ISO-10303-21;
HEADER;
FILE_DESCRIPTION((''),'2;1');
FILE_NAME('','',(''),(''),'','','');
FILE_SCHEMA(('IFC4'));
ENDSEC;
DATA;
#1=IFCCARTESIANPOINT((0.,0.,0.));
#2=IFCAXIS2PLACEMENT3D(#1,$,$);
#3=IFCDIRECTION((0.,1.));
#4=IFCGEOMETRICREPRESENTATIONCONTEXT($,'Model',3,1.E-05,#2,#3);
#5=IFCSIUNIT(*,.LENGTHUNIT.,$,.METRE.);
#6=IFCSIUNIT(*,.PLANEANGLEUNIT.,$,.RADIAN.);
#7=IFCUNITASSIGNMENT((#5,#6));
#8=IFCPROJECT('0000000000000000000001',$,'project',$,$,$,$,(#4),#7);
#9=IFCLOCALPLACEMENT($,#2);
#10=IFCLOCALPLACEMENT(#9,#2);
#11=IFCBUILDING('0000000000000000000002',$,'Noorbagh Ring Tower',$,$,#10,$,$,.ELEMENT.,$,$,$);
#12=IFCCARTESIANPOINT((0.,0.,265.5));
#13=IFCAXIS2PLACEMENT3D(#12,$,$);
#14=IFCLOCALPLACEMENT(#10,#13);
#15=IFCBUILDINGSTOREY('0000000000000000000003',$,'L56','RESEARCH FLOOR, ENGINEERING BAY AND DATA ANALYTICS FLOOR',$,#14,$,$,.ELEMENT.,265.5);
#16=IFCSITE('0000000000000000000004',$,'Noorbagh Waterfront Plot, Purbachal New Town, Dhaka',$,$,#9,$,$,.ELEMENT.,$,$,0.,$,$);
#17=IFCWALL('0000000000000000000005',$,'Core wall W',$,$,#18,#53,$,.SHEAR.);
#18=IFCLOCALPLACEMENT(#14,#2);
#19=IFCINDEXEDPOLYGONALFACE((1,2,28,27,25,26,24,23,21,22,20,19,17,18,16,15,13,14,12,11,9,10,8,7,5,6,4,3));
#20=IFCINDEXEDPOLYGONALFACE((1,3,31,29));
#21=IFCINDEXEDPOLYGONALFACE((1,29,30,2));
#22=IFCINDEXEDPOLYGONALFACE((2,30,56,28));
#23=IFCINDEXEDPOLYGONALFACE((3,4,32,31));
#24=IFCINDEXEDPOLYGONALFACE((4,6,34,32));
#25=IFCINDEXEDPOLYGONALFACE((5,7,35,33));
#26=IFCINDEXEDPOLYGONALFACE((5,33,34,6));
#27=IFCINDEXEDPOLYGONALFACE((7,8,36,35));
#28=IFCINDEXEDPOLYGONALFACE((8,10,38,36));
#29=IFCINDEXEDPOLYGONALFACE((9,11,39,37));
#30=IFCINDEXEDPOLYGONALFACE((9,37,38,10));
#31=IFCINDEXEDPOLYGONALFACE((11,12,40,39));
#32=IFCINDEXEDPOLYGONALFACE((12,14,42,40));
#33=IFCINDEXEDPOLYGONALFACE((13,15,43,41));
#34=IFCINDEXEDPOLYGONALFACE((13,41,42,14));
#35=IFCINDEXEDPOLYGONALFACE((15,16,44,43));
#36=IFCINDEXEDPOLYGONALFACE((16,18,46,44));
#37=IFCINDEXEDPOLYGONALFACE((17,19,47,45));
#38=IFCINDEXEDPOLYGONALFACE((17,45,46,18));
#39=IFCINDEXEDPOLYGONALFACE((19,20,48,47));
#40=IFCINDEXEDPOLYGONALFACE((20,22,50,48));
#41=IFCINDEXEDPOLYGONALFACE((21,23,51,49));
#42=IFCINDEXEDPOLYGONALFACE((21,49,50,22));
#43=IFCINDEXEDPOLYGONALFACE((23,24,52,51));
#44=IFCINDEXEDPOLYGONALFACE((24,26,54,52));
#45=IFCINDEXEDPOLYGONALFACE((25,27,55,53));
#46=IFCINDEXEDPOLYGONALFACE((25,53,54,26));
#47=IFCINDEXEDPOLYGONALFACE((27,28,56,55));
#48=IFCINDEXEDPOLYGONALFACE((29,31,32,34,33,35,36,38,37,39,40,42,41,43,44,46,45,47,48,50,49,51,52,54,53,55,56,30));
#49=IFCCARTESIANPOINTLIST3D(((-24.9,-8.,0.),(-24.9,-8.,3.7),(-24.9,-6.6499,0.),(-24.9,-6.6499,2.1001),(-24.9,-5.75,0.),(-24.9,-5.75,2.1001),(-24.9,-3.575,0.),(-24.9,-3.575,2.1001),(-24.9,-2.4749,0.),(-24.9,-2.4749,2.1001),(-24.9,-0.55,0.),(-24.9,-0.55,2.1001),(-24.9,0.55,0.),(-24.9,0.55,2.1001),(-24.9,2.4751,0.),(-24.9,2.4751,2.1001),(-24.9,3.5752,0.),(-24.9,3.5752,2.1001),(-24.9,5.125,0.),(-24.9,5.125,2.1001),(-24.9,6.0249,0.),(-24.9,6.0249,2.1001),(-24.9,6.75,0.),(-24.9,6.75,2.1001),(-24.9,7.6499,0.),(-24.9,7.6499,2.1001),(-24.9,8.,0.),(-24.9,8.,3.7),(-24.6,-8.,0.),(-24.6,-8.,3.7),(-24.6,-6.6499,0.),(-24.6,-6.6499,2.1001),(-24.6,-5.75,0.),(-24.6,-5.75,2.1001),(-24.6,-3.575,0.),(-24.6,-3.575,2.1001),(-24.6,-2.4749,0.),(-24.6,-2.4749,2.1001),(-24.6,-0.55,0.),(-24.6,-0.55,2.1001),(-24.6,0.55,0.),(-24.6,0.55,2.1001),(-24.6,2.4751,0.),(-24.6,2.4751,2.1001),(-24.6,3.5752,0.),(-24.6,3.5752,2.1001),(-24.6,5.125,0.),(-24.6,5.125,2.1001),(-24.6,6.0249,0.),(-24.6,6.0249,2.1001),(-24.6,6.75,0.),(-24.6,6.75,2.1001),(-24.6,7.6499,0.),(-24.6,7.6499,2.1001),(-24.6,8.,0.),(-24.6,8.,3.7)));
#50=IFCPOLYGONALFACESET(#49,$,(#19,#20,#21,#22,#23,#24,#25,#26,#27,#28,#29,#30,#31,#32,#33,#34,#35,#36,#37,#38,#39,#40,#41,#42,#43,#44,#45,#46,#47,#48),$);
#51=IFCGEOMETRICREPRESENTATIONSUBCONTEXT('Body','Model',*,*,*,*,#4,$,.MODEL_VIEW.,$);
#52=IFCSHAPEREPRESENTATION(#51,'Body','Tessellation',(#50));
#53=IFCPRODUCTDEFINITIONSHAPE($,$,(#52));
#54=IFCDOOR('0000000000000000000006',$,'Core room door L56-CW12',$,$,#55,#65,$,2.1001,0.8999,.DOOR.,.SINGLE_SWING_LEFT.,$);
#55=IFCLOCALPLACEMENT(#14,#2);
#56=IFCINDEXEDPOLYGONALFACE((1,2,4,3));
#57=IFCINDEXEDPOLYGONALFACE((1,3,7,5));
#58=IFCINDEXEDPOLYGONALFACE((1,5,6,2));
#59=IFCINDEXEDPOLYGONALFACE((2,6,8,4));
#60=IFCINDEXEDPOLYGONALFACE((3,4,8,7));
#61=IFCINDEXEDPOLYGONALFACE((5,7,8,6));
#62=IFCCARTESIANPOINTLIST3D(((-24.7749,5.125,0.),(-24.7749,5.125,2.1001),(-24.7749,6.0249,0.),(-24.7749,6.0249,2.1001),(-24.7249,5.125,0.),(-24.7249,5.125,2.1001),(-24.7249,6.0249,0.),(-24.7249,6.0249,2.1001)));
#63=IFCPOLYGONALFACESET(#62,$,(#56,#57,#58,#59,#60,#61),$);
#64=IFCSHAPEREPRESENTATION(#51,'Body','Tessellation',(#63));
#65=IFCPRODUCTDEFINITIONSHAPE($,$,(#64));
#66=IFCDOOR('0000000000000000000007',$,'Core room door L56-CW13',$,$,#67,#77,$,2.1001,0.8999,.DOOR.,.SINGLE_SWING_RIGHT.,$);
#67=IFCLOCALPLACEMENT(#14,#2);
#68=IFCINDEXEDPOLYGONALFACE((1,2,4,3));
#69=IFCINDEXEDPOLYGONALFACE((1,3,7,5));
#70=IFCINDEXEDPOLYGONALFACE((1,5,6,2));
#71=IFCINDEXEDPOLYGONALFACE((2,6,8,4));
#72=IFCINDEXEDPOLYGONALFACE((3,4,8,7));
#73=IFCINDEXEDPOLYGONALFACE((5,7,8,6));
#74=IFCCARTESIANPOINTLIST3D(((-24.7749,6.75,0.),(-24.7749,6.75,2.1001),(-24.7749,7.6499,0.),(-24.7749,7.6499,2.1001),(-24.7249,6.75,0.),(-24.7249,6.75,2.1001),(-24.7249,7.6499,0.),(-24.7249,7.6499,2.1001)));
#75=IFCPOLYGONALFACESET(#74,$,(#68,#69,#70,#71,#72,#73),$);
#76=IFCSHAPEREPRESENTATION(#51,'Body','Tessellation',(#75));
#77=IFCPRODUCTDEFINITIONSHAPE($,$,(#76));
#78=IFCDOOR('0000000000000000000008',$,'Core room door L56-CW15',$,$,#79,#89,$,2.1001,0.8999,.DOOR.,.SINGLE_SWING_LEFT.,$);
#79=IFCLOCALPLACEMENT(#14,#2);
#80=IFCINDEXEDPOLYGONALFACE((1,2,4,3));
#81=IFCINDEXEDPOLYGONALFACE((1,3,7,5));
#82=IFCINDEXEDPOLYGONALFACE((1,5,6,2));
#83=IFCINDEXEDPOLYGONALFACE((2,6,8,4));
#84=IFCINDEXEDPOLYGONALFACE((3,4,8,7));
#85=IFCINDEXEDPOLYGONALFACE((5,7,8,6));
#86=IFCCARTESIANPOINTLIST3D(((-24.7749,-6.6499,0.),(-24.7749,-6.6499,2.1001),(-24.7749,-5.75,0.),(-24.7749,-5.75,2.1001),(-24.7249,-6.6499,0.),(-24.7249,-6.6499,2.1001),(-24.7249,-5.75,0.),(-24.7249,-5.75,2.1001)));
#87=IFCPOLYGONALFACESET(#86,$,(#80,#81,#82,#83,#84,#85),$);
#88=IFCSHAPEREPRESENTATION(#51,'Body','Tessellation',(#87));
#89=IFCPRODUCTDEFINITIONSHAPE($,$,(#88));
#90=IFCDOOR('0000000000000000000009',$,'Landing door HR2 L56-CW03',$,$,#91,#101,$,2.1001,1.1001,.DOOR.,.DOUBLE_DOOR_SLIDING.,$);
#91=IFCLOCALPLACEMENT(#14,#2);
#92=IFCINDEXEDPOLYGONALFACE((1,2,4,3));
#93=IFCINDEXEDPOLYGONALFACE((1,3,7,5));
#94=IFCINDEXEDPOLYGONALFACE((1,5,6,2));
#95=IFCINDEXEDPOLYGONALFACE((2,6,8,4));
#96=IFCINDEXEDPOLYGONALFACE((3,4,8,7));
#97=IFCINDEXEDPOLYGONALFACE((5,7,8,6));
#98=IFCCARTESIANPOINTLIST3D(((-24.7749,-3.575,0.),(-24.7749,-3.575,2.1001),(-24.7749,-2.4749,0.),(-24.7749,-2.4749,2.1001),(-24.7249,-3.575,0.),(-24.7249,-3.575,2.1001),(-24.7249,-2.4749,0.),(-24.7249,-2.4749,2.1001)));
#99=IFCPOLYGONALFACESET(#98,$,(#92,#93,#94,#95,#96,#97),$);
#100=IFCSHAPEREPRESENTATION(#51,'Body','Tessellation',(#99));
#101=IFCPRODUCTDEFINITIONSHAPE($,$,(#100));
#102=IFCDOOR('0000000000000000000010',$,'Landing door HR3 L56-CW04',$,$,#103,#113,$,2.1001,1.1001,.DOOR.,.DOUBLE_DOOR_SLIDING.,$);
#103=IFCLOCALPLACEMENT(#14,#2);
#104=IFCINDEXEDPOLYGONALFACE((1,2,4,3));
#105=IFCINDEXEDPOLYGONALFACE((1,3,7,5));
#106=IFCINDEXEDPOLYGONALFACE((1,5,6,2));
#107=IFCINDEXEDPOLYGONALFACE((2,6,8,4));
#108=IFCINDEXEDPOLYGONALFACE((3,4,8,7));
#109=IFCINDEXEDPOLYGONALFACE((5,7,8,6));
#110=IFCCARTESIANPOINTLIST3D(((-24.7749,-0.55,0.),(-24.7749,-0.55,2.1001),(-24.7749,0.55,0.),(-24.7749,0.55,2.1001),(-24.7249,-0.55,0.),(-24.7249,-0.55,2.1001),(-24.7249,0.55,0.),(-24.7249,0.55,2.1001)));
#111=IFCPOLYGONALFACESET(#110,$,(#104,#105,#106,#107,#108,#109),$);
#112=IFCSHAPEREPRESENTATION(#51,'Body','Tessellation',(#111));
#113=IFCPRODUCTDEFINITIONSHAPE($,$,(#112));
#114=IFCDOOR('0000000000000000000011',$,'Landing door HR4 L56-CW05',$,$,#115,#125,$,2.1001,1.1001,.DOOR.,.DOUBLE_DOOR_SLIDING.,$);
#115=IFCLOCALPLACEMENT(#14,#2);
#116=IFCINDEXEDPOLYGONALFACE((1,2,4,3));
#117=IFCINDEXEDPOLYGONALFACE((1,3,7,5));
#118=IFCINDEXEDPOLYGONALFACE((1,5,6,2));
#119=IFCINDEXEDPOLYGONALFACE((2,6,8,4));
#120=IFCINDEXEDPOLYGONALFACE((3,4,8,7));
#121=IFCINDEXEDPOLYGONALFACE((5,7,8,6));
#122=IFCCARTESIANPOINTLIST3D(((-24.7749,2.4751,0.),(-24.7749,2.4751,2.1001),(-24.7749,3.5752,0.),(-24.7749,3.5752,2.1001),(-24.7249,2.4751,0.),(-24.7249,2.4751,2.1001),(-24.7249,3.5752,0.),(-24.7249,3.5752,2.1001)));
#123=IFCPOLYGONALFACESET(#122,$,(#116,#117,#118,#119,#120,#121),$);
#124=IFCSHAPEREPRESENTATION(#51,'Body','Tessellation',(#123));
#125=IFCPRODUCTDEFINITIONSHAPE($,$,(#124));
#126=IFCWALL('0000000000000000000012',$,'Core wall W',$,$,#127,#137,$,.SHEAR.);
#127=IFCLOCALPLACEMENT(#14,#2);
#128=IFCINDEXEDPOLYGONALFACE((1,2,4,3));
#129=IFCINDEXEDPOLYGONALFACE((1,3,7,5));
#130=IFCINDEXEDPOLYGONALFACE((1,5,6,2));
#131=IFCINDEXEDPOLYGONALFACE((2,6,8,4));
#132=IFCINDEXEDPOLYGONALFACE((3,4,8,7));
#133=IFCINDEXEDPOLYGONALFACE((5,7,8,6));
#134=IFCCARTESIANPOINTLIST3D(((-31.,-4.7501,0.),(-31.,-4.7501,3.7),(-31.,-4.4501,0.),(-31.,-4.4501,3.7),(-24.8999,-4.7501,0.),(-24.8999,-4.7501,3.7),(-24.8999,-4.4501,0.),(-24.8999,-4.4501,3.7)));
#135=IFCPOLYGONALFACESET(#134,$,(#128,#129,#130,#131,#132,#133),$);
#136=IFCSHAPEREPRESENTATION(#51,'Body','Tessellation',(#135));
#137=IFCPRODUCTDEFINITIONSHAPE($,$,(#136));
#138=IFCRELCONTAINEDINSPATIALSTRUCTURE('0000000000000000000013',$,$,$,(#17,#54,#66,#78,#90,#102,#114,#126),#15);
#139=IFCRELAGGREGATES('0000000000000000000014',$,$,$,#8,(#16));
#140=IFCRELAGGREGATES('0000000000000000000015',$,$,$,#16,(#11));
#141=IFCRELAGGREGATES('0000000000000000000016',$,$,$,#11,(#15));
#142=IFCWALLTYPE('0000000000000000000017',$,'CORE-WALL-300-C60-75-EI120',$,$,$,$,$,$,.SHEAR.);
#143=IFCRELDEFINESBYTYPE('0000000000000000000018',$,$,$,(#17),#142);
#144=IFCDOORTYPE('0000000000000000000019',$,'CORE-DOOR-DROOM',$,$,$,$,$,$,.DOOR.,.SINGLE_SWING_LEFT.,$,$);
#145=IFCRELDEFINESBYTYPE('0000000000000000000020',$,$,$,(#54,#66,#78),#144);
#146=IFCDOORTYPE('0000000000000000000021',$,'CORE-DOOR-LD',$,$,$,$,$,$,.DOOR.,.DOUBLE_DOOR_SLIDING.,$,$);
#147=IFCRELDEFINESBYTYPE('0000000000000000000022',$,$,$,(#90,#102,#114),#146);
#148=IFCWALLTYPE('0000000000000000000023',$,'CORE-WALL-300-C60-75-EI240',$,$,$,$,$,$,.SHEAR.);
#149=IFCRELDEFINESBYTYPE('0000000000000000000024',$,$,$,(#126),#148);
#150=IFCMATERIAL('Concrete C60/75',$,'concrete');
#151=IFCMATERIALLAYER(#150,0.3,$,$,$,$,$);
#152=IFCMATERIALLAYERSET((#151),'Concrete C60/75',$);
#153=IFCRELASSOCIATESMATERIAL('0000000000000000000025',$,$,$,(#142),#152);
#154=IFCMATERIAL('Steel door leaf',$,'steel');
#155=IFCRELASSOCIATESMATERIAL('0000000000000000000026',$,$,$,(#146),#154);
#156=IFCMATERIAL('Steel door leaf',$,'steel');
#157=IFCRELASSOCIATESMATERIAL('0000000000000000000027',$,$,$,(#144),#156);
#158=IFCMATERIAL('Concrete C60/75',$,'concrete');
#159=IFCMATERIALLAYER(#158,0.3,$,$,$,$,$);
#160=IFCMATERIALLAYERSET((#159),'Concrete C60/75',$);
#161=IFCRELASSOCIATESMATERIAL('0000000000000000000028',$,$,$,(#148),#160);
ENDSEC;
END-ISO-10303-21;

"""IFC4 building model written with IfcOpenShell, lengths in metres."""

from ifc_helpers import new_model, si_unit, direction, frame, frame_2d, origin, place, context, subcontext, project, spatial, rectangle, extrude, material, layer, layer_set, type_object, element, fill, save


model = new_model("IFC4")

# Units and contexts
model_context = context("Model", 3, precision=1e-05, world=origin(), true_north=direction((0.0, 1.0)))
body_context = subcontext(model_context, "Body", "Model", "MODEL_VIEW")
ifc_project = project(units=[si_unit("LENGTHUNIT", "METRE"), si_unit("PLANEANGLEUNIT", "RADIAN")], contexts=[model_context])

# Site, building, storey
site_placement = place(None, origin())
site = spatial("IfcSite", under=ifc_project, at=site_placement, Name="Noorbagh Waterfront Plot, Purbachal New Town, Dhaka", CompositionType="ELEMENT", RefElevation=0.0)
building_placement = place(site_placement, origin())
building = spatial("IfcBuilding", under=site, at=building_placement, Name="Noorbagh Ring Tower", CompositionType="ELEMENT")
storey_placement = place(building_placement, frame((0.0, 0.0, 265.5)))
storey = spatial("IfcBuildingStorey", under=building, at=storey_placement, Name="L56", Description="RESEARCH FLOOR, ENGINEERING BAY AND DATA ANALYTICS FLOOR", CompositionType="ELEMENT", Elevation=265.5)

# Shared definitions
ifc_material_1 = material(Name="Concrete C60/75", Category="concrete")
ifc_layer_1 = layer(ifc_material_1, 0.3)
ifc_layer_set_1 = layer_set([ifc_layer_1], Name="Concrete C60/75")
wall_type_1 = type_object("IfcWallType", Name="CORE-WALL-300-C60-75-EI120", PredefinedType="SHEAR", material=ifc_layer_set_1)

# Wall, openings, doors
ifc_material_2 = material(Name="Steel door leaf", Category="steel")
door_type_1 = type_object("IfcDoorType", Name="CORE-DOOR-LD", OperationType="DOUBLE_DOOR_SLIDING", PredefinedType="DOOR", material=ifc_material_2)
wall_1_placement = place(storey_placement, frame((-24.75, -8.0, 0.0), z_axis=(0.0, 0.0, 1.0), x_axis=(0.0, 1.0, 0.0)))
wall_1 = element("IfcWall", 1, at=wall_1_placement, inside=storey, type_object=wall_type_1, Name="Core wall W", PredefinedType="SHEAR", context=body_context, shape_type="SweptSolid", body=[
    extrude(rectangle(XDim=16.0, YDim=0.3, at=frame_2d((8.0, 0.0))), origin(), (0.0, 0.0, 1.0), 3.7),
])
opening_1_placement = place(wall_1_placement, frame((4.425, 0.0, 0.0)))
opening_1 = element("IfcOpeningElement", 2, at=opening_1_placement, cuts=wall_1, PredefinedType="OPENING", context=body_context, shape_type="SweptSolid", body=[
    extrude(rectangle(XDim=1.1001, YDim=2.1001, at=frame_2d((0.55, 1.05))), frame((0.0, 0.1602, 0.0), z_axis=(0.0, -1.0, 0.0), x_axis=(1.0, 0.0, 0.0)), (0.0, 0.0, 1.0), 0.3201),
])
opening_2_placement = place(wall_1_placement, frame((7.45, 0.0, 0.0)))
opening_2 = element("IfcOpeningElement", 3, at=opening_2_placement, cuts=wall_1, PredefinedType="OPENING", context=body_context, shape_type="SweptSolid", body=[
    extrude(rectangle(XDim=1.1001, YDim=2.1001, at=frame_2d((0.55, 1.05))), frame((0.0, 0.1602, 0.0), z_axis=(0.0, -1.0, 0.0), x_axis=(1.0, 0.0, 0.0)), (0.0, 0.0, 1.0), 0.3201),
])
opening_3_placement = place(wall_1_placement, frame((10.4751, 0.0, 0.0)))
opening_3 = element("IfcOpeningElement", 4, at=opening_3_placement, cuts=wall_1, PredefinedType="OPENING", context=body_context, shape_type="SweptSolid", body=[
    extrude(rectangle(XDim=1.1001, YDim=2.1001, at=frame_2d((0.55, 1.05))), frame((0.0, 0.1602, 0.0), z_axis=(0.0, -1.0, 0.0), x_axis=(1.0, 0.0, 0.0)), (0.0, 0.0, 1.0), 0.3201),
])
opening_4_placement = place(wall_1_placement, frame((13.125, 0.0, 0.0)))
opening_4 = element("IfcOpeningElement", 5, at=opening_4_placement, cuts=wall_1, PredefinedType="OPENING", context=body_context, shape_type="SweptSolid", body=[
    extrude(rectangle(XDim=0.8999, YDim=2.1001, at=frame_2d((0.45, 1.05))), frame((0.0, 0.1602, 0.0), z_axis=(0.0, -1.0, 0.0), x_axis=(1.0, 0.0, 0.0)), (0.0, 0.0, 1.0), 0.3201),
])
opening_5_placement = place(wall_1_placement, frame((14.75, 0.0, 0.0)))
opening_5 = element("IfcOpeningElement", 6, at=opening_5_placement, cuts=wall_1, PredefinedType="OPENING", context=body_context, shape_type="SweptSolid", body=[
    extrude(rectangle(XDim=0.8999, YDim=2.1001, at=frame_2d((0.45, 1.05))), frame((0.0, 0.1602, 0.0), z_axis=(0.0, -1.0, 0.0), x_axis=(1.0, 0.0, 0.0)), (0.0, 0.0, 1.0), 0.3201),
])
opening_6_placement = place(wall_1_placement, frame((1.3501, 0.0, 0.0)))
opening_6 = element("IfcOpeningElement", 7, at=opening_6_placement, cuts=wall_1, PredefinedType="OPENING", context=body_context, shape_type="SweptSolid", body=[
    extrude(rectangle(XDim=0.8999, YDim=2.1001, at=frame_2d((0.45, 1.05))), frame((0.0, 0.1602, 0.0), z_axis=(0.0, -1.0, 0.0), x_axis=(1.0, 0.0, 0.0)), (0.0, 0.0, 1.0), 0.3201),
])
ifc_material_3 = material(Name="Steel door leaf", Category="steel")
door_type_2 = type_object("IfcDoorType", Name="CORE-DOOR-DROOM", OperationType="SINGLE_SWING_LEFT", PredefinedType="DOOR", material=ifc_material_3)
door_1_placement = place(opening_4_placement, origin())
door_1 = element("IfcDoor", 8, at=door_1_placement, inside=storey, type_object=door_type_2, Name="Core room door L56-CW12", OperationType="SINGLE_SWING_LEFT", OverallHeight=2.1001, OverallWidth=0.8999, PredefinedType="DOOR", context=body_context, shape_type="SweptSolid", body=[
    extrude(rectangle(XDim=0.8999, YDim=2.1001, at=frame_2d((0.45, 1.05))), frame((0.0, 0.0249, 0.0), z_axis=(0.0, -1.0, 0.0), x_axis=(1.0, 0.0, 0.0)), (0.0, 0.0, 1.0), 0.05),
])
fill(opening_4, door_1)
door_2_placement = place(opening_5_placement, origin())
door_2 = element("IfcDoor", 9, at=door_2_placement, inside=storey, type_object=door_type_2, Name="Core room door L56-CW13", OperationType="SINGLE_SWING_RIGHT", OverallHeight=2.1001, OverallWidth=0.8999, PredefinedType="DOOR", context=body_context, shape_type="SweptSolid", body=[
    extrude(rectangle(XDim=0.8999, YDim=2.1001, at=frame_2d((0.45, 1.05))), frame((0.0, 0.0249, 0.0), z_axis=(0.0, -1.0, 0.0), x_axis=(1.0, 0.0, 0.0)), (0.0, 0.0, 1.0), 0.05),
])
fill(opening_5, door_2)
door_3_placement = place(opening_6_placement, origin())
door_3 = element("IfcDoor", 10, at=door_3_placement, inside=storey, type_object=door_type_2, Name="Core room door L56-CW15", OperationType="SINGLE_SWING_LEFT", OverallHeight=2.1001, OverallWidth=0.8999, PredefinedType="DOOR", context=body_context, shape_type="SweptSolid", body=[
    extrude(rectangle(XDim=0.8999, YDim=2.1001, at=frame_2d((0.45, 1.05))), frame((0.0, 0.0249, 0.0), z_axis=(0.0, -1.0, 0.0), x_axis=(1.0, 0.0, 0.0)), (0.0, 0.0, 1.0), 0.05),
])
fill(opening_6, door_3)
door_4_placement = place(opening_1_placement, origin())
door_4 = element("IfcDoor", 11, at=door_4_placement, inside=storey, type_object=door_type_1, Name="Landing door HR2 L56-CW03", OperationType="DOUBLE_DOOR_SLIDING", OverallHeight=2.1001, OverallWidth=1.1001, PredefinedType="DOOR", context=body_context, shape_type="SweptSolid", body=[
    extrude(rectangle(XDim=1.1001, YDim=2.1001, at=frame_2d((0.55, 1.05))), frame((0.0, 0.0249, 0.0), z_axis=(0.0, -1.0, 0.0), x_axis=(1.0, 0.0, 0.0)), (0.0, 0.0, 1.0), 0.05),
])
fill(opening_1, door_4)
door_5_placement = place(opening_2_placement, origin())
door_5 = element("IfcDoor", 12, at=door_5_placement, inside=storey, type_object=door_type_1, Name="Landing door HR3 L56-CW04", OperationType="DOUBLE_DOOR_SLIDING", OverallHeight=2.1001, OverallWidth=1.1001, PredefinedType="DOOR", context=body_context, shape_type="SweptSolid", body=[
    extrude(rectangle(XDim=1.1001, YDim=2.1001, at=frame_2d((0.55, 1.05))), frame((0.0, 0.0249, 0.0), z_axis=(0.0, -1.0, 0.0), x_axis=(1.0, 0.0, 0.0)), (0.0, 0.0, 1.0), 0.05),
])
fill(opening_2, door_5)
door_6_placement = place(opening_3_placement, origin())
door_6 = element("IfcDoor", 13, at=door_6_placement, inside=storey, type_object=door_type_1, Name="Landing door HR4 L56-CW05", OperationType="DOUBLE_DOOR_SLIDING", OverallHeight=2.1001, OverallWidth=1.1001, PredefinedType="DOOR", context=body_context, shape_type="SweptSolid", body=[
    extrude(rectangle(XDim=1.1001, YDim=2.1001, at=frame_2d((0.55, 1.05))), frame((0.0, 0.0249, 0.0), z_axis=(0.0, -1.0, 0.0), x_axis=(1.0, 0.0, 0.0)), (0.0, 0.0, 1.0), 0.05),
])
fill(opening_3, door_6)

# Wall
ifc_material_4 = material(Name="Concrete C60/75", Category="concrete")
ifc_layer_2 = layer(ifc_material_4, 0.3)
ifc_layer_set_2 = layer_set([ifc_layer_2], Name="Concrete C60/75")
wall_type_2 = type_object("IfcWallType", Name="CORE-WALL-300-C60-75-EI240", PredefinedType="SHEAR", material=ifc_layer_set_2)
wall_2_placement = place(storey_placement, frame((-24.8999, -4.6001, 0.0), z_axis=(0.0, 0.0, 1.0), x_axis=(-1.0, 0.0, 0.0)))
element("IfcWall", 14, at=wall_2_placement, inside=storey, type_object=wall_type_2, Name="Core wall W", PredefinedType="SHEAR", context=body_context, shape_type="SweptSolid", body=[
    extrude(rectangle(XDim=6.1001, YDim=0.3, at=frame_2d((3.05, 0.0))), origin(), (0.0, 0.0, 1.0), 3.7),
])

save(model, "model.ifc")
